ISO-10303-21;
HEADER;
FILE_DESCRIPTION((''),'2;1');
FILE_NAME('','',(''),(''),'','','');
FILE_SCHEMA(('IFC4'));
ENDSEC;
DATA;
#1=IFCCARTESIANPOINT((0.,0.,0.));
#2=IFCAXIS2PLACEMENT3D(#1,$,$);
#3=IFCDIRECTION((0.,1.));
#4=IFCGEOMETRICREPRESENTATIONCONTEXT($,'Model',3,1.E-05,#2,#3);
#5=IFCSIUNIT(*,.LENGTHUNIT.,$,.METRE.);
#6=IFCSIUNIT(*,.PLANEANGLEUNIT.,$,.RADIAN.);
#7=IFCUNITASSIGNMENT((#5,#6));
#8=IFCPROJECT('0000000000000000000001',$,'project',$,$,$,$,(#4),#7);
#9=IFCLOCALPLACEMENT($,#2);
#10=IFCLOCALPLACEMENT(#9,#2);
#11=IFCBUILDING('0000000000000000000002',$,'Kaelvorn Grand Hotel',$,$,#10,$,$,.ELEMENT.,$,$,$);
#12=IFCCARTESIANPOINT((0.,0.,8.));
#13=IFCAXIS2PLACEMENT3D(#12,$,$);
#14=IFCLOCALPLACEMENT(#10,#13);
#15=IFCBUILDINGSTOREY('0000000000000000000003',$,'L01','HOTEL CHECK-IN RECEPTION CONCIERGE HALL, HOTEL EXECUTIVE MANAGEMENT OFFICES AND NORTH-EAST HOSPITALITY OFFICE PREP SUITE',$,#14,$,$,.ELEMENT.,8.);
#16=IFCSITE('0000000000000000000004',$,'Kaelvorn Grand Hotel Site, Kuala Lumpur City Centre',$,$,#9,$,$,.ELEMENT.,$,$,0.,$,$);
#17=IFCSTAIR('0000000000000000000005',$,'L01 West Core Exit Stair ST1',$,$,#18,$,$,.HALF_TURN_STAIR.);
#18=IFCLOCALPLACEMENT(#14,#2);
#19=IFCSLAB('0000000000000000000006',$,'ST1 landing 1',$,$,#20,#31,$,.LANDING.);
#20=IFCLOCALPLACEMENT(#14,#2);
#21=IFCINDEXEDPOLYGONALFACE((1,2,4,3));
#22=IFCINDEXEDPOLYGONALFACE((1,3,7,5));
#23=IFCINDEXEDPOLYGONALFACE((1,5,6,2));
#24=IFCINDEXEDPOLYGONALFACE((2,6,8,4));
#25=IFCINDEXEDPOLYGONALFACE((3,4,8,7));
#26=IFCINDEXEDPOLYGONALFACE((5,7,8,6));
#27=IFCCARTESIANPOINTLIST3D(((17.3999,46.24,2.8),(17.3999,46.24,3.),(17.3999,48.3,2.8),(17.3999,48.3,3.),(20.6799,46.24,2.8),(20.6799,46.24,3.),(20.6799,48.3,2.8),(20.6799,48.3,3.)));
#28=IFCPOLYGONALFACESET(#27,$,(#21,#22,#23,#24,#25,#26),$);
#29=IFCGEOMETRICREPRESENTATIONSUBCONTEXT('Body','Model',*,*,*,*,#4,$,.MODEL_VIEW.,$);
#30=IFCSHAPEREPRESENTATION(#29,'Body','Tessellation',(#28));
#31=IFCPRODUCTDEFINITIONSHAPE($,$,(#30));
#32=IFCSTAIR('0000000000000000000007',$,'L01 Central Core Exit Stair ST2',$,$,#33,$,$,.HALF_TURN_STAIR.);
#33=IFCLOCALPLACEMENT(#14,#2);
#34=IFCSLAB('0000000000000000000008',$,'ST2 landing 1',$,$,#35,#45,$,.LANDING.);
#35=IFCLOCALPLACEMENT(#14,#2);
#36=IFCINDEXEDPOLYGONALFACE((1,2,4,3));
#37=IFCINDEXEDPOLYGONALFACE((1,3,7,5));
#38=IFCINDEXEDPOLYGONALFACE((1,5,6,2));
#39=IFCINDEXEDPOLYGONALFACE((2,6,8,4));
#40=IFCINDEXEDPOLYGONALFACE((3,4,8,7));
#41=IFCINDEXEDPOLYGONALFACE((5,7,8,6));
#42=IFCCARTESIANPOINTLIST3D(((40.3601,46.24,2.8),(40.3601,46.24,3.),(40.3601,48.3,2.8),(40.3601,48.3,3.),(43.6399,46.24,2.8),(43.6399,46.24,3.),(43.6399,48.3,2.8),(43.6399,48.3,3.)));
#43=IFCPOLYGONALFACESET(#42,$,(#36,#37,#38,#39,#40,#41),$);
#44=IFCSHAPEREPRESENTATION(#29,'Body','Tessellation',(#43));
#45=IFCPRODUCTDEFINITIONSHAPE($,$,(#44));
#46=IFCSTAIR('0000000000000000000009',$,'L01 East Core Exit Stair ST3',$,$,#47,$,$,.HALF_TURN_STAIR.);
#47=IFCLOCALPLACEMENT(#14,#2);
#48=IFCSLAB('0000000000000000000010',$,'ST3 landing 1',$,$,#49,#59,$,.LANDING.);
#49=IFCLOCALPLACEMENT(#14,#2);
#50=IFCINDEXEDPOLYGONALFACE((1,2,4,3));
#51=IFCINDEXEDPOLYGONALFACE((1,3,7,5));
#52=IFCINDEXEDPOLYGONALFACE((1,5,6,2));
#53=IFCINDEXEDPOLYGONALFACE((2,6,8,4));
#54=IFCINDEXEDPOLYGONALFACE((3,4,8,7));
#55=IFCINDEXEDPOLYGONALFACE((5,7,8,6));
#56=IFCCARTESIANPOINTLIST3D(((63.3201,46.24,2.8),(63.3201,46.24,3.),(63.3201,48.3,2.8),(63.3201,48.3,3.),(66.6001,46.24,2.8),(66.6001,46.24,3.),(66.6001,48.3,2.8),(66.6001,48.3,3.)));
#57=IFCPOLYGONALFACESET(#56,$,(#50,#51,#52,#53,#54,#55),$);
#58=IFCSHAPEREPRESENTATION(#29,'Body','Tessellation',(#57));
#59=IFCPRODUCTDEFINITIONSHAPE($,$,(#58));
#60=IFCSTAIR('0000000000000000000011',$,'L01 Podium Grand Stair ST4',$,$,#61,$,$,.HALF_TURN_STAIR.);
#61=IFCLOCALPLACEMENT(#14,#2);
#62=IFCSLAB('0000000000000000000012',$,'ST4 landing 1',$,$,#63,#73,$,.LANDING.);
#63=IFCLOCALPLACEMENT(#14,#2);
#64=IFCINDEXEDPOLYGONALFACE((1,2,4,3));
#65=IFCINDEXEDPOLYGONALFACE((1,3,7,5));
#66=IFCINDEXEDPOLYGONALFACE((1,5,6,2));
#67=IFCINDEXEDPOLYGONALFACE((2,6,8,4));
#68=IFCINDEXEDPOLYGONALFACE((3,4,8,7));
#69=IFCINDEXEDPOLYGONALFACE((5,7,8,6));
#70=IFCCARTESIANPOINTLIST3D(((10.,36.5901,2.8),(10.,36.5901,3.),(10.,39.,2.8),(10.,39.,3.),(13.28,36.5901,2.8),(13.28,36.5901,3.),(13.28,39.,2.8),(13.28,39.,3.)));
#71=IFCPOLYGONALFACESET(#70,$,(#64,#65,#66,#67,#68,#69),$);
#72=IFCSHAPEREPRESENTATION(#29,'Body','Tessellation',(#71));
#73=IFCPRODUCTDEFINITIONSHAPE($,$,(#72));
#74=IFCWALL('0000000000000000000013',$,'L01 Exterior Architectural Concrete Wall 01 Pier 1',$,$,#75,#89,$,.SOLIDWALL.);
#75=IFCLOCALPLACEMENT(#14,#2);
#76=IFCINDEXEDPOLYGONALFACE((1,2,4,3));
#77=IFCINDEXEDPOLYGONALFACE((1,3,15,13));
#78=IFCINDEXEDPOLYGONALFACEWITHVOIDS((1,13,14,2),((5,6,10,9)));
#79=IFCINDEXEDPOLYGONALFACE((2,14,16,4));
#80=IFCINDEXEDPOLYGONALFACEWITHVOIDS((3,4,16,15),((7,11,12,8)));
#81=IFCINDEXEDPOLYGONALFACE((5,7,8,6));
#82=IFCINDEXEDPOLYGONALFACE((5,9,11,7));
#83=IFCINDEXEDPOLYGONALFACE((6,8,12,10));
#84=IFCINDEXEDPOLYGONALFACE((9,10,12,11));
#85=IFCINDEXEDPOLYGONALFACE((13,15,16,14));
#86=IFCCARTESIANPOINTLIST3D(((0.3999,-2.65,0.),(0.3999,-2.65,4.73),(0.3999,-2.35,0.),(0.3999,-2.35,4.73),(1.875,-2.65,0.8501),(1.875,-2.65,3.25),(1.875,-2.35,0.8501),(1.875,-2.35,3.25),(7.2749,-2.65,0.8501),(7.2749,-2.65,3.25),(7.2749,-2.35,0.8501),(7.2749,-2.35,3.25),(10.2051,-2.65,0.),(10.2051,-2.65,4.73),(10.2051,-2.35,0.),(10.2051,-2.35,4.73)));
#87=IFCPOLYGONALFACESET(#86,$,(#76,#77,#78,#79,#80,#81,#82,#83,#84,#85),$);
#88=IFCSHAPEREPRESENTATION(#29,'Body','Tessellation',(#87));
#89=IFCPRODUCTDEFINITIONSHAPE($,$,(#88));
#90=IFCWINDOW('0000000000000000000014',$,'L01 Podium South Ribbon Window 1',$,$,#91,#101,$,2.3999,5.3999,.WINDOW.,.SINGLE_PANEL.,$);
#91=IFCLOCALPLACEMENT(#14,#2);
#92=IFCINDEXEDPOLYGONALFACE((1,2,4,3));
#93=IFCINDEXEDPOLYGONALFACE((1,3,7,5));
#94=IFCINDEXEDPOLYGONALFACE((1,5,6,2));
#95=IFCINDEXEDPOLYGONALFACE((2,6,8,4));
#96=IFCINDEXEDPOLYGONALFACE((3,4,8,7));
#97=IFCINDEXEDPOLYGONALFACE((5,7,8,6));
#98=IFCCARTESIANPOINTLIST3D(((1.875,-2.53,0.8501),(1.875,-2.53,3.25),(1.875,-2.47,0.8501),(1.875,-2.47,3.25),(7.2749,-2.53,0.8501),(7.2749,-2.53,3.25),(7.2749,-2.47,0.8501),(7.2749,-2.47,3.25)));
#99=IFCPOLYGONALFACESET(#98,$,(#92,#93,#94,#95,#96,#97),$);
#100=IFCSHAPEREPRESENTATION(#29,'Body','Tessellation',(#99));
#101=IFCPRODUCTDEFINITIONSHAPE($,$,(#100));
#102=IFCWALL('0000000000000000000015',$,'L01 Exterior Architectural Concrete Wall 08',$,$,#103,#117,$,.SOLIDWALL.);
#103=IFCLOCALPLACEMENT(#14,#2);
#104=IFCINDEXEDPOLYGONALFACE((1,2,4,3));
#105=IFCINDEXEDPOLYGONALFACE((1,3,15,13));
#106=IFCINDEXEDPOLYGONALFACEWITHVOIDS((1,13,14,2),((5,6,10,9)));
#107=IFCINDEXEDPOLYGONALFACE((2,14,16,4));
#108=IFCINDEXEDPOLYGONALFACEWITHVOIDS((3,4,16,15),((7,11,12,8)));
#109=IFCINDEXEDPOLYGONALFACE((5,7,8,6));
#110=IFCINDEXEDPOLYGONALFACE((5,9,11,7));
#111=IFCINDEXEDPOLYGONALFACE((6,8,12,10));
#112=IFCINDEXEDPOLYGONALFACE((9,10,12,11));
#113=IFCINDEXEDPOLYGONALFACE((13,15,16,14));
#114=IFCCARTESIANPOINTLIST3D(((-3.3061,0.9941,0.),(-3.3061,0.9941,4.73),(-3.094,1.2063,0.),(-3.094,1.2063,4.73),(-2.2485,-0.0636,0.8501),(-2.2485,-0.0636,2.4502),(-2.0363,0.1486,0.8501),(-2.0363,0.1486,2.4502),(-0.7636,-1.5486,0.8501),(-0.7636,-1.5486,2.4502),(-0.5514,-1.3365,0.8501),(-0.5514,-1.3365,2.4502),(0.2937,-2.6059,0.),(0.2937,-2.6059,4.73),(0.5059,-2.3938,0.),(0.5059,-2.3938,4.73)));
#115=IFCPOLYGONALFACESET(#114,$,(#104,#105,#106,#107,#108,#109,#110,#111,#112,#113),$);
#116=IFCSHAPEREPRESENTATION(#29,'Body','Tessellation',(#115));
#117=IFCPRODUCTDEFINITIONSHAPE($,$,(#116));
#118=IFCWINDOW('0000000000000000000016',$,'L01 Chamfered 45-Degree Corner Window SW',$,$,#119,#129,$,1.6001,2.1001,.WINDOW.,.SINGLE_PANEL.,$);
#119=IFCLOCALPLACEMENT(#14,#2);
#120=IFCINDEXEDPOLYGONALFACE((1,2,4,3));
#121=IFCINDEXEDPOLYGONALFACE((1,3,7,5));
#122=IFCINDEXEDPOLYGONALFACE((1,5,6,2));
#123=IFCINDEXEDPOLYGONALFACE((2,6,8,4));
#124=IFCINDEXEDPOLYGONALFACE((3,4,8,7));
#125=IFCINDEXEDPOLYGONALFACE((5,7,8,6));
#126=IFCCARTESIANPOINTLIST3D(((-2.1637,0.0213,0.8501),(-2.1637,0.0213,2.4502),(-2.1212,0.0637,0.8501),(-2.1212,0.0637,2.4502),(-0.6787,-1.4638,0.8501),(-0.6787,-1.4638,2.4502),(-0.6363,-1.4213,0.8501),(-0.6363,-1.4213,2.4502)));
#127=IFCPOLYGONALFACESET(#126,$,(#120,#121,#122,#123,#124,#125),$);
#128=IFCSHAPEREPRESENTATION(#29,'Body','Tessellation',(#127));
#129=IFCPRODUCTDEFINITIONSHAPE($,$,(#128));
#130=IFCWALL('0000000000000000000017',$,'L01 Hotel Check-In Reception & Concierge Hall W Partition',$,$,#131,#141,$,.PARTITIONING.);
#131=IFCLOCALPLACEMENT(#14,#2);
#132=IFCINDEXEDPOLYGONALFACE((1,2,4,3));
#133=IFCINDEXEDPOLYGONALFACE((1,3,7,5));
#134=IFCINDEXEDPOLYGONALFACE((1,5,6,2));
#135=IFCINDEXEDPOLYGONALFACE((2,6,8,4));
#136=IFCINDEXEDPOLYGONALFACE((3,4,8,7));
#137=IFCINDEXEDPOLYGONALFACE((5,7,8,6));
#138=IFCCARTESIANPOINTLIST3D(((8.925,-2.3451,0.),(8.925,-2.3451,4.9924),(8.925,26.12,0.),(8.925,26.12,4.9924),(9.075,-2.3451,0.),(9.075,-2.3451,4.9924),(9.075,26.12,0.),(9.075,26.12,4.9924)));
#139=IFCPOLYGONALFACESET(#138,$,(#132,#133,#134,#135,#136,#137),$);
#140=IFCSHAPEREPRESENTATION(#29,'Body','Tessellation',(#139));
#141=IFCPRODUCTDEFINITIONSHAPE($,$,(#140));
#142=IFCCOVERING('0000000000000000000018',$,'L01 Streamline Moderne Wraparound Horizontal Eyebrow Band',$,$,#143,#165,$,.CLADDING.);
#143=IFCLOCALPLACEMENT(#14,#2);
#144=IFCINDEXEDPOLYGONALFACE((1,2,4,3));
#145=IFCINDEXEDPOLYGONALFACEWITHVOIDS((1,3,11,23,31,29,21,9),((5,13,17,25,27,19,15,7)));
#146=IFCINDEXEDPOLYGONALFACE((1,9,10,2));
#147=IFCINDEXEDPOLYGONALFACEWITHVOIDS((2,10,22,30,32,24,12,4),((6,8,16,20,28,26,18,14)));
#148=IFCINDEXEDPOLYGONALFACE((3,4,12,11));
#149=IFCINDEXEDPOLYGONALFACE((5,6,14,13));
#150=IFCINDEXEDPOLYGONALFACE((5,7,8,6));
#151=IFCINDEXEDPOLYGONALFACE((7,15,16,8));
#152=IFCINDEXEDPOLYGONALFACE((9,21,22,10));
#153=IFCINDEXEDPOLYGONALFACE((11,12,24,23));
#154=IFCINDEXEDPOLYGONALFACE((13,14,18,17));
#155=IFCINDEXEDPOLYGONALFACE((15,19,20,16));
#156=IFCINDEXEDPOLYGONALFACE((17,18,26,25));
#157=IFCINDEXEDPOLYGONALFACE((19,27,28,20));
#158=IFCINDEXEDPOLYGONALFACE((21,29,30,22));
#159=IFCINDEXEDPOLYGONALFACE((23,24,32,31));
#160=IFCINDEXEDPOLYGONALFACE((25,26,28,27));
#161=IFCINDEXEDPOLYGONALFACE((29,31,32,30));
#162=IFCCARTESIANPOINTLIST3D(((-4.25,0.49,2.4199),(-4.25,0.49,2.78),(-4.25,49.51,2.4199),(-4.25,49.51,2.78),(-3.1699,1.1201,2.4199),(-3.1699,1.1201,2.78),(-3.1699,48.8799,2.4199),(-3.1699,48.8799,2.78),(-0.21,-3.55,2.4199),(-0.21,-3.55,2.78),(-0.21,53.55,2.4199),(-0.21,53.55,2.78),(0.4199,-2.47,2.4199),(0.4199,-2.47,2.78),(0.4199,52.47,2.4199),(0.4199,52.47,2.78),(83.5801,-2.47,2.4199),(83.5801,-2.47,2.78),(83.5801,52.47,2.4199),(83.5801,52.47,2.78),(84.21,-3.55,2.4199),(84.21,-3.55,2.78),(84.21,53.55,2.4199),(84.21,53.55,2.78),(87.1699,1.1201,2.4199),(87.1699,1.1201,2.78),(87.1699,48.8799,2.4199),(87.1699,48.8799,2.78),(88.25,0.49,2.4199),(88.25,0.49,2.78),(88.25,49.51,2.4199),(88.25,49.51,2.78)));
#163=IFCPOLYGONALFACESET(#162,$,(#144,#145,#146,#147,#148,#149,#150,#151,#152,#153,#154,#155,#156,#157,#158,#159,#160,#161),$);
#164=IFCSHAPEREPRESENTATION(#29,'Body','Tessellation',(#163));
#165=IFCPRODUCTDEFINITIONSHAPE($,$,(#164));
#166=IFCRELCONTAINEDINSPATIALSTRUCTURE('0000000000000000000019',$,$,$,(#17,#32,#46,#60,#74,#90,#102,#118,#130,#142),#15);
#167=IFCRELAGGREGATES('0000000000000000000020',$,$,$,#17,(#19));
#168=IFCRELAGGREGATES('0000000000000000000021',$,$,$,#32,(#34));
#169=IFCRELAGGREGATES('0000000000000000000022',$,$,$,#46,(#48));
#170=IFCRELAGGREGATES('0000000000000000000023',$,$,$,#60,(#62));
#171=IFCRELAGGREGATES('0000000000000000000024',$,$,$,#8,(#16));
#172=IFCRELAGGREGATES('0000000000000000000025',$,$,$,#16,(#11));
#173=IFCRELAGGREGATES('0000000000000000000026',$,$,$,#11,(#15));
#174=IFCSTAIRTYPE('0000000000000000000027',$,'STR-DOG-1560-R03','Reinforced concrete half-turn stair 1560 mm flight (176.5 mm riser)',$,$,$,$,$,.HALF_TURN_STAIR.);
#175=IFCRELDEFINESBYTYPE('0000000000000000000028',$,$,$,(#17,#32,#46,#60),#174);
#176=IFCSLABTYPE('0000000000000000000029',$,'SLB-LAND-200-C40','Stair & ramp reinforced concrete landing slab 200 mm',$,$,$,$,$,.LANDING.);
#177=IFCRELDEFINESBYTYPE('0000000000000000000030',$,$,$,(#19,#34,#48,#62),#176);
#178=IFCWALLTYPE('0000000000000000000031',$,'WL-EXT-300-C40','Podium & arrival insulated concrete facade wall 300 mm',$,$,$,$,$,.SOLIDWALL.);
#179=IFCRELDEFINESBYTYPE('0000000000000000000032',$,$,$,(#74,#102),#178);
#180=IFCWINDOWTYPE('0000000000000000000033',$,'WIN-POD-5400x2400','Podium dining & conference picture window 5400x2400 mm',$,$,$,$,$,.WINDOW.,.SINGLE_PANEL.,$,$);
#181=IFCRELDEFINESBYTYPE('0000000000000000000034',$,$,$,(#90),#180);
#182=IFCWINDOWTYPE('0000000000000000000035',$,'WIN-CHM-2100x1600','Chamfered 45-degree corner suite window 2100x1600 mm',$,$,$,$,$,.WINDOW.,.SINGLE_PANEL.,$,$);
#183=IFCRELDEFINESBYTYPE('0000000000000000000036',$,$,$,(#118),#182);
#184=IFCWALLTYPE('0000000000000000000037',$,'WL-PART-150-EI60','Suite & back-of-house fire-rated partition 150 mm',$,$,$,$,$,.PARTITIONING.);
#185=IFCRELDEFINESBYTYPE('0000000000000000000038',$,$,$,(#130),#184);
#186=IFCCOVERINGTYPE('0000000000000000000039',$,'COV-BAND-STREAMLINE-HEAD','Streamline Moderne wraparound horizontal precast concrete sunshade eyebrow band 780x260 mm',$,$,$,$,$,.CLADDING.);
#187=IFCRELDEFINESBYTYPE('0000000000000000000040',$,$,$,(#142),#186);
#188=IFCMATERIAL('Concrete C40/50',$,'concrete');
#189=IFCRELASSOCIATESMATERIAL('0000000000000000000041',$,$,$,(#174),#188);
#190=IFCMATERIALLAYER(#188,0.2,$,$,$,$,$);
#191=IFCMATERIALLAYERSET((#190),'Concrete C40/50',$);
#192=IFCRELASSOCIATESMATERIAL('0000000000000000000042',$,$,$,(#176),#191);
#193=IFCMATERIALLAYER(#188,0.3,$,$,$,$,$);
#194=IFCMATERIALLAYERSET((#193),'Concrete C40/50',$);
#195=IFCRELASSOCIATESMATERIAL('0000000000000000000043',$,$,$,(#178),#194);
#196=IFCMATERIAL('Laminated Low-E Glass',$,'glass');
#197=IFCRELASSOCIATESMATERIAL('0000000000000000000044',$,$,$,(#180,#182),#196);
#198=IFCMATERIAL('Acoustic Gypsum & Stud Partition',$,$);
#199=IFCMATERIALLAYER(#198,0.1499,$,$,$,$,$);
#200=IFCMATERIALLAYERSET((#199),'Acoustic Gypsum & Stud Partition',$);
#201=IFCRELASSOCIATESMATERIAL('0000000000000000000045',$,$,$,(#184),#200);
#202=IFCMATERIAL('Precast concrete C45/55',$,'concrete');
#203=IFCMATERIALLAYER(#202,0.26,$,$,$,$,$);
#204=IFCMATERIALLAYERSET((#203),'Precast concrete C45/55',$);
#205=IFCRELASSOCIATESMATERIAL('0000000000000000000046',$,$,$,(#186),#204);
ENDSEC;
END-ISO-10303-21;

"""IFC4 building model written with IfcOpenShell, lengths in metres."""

from ifc_helpers import new_model, si_unit, direction, frame, frame_2d, origin, place, context, subcontext, project, spatial, polyline, rectangle, outline, extrude, material, layer, layer_set, type_object, element, fill, aggregate, save


model = new_model("IFC4")

# Units and contexts
model_context = context("Model", 3, precision=1e-05, world=origin(), true_north=direction((0.0, 1.0)))
body_context = subcontext(model_context, "Body", "Model", "MODEL_VIEW")
ifc_project = project(units=[si_unit("LENGTHUNIT", "METRE"), si_unit("PLANEANGLEUNIT", "RADIAN")], contexts=[model_context])

# Site, building, storey
site_placement = place(None, origin())
site = spatial("IfcSite", under=ifc_project, at=site_placement, Name="Kaelvorn Grand Hotel Site, Kuala Lumpur City Centre", CompositionType="ELEMENT", RefElevation=0.0)
building_placement = place(site_placement, origin())
building = spatial("IfcBuilding", under=site, at=building_placement, Name="Kaelvorn Grand Hotel", CompositionType="ELEMENT")
storey_placement = place(building_placement, frame((0.0, 0.0, 8.0)))
storey = spatial("IfcBuildingStorey", under=building, at=storey_placement, Name="L01", Description="HOTEL CHECK-IN RECEPTION CONCIERGE HALL, HOTEL EXECUTIVE MANAGEMENT OFFICES AND NORTH-EAST HOSPITALITY OFFICE PREP SUITE", CompositionType="ELEMENT", Elevation=8.0)

# Shared definitions
ifc_material_1 = material(Name="Concrete C40/50", Category="concrete")

# Stairs, slabs
stair_type = type_object("IfcStairType", Name="STR-DOG-1560-R03", Description="Reinforced concrete half-turn stair 1560 mm flight (176.5 mm riser)", PredefinedType="HALF_TURN_STAIR", material=ifc_material_1)
stair_1_placement = place(storey_placement, origin())
stair_1 = element("IfcStair", 1, at=stair_1_placement, inside=storey, type_object=stair_type, Name="L01 West Core Exit Stair ST1", PredefinedType="HALF_TURN_STAIR")
ifc_layer_1 = layer(ifc_material_1, 0.2)
ifc_layer_set_1 = layer_set([ifc_layer_1], Name="Concrete C40/50")
slab_type_1 = type_object("IfcSlabType", Name="SLB-LAND-200-C40", Description="Stair & ramp reinforced concrete landing slab 200 mm", PredefinedType="LANDING", material=ifc_layer_set_1)
slab_1_placement = place(storey_placement, frame((0.0, 0.0, 2.8)))
slab_1 = element("IfcSlab", 2, at=slab_1_placement, type_object=slab_type_1, Name="ST1 landing 1", PredefinedType="LANDING", context=body_context, shape_type="SweptSolid", body=[
    extrude(outline(polyline([(20.6799, 46.24), (20.6799, 48.3), (17.3999, 48.3), (17.3999, 46.24), (20.6799, 46.24)])), origin(), (0.0, 0.0, 1.0), 0.2),
])
aggregate(stair_1, [slab_1])
stair_2_placement = place(storey_placement, origin())
stair_2 = element("IfcStair", 3, at=stair_2_placement, inside=storey, type_object=stair_type, Name="L01 Central Core Exit Stair ST2", PredefinedType="HALF_TURN_STAIR")
slab_2_placement = place(storey_placement, frame((0.0, 0.0, 2.8)))
slab_2 = element("IfcSlab", 4, at=slab_2_placement, type_object=slab_type_1, Name="ST2 landing 1", PredefinedType="LANDING", context=body_context, shape_type="SweptSolid", body=[
    extrude(outline(polyline([(43.6399, 46.24), (43.6399, 48.3), (40.3601, 48.3), (40.3601, 46.24), (43.6399, 46.24)])), origin(), (0.0, 0.0, 1.0), 0.2),
])
aggregate(stair_2, [slab_2])
stair_3_placement = place(storey_placement, origin())
stair_3 = element("IfcStair", 5, at=stair_3_placement, inside=storey, type_object=stair_type, Name="L01 East Core Exit Stair ST3", PredefinedType="HALF_TURN_STAIR")
slab_3_placement = place(storey_placement, frame((0.0, 0.0, 2.8)))
slab_3 = element("IfcSlab", 6, at=slab_3_placement, type_object=slab_type_1, Name="ST3 landing 1", PredefinedType="LANDING", context=body_context, shape_type="SweptSolid", body=[
    extrude(outline(polyline([(66.6001, 46.24), (66.6001, 48.3), (63.3201, 48.3), (63.3201, 46.24), (66.6001, 46.24)])), origin(), (0.0, 0.0, 1.0), 0.2),
])
aggregate(stair_3, [slab_3])
stair_4_placement = place(storey_placement, origin())
stair_4 = element("IfcStair", 7, at=stair_4_placement, inside=storey, type_object=stair_type, Name="L01 Podium Grand Stair ST4", PredefinedType="HALF_TURN_STAIR")
slab_4_placement = place(storey_placement, frame((0.0, 0.0, 2.8)))
slab_4 = element("IfcSlab", 8, at=slab_4_placement, type_object=slab_type_1, Name="ST4 landing 1", PredefinedType="LANDING", context=body_context, shape_type="SweptSolid", body=[
    extrude(outline(polyline([(13.28, 36.5901), (13.28, 39.0), (10.0, 39.0), (10.0, 36.5901), (13.28, 36.5901)])), origin(), (0.0, 0.0, 1.0), 0.2),
])
aggregate(stair_4, [slab_4])

# Walls, openings, windows
ifc_layer_2 = layer(ifc_material_1, 0.3)
ifc_layer_set_2 = layer_set([ifc_layer_2], Name="Concrete C40/50")
wall_type_1 = type_object("IfcWallType", Name="WL-EXT-300-C40", Description="Podium & arrival insulated concrete facade wall 300 mm", PredefinedType="SOLIDWALL", material=ifc_layer_set_2)
wall_1_placement = place(storey_placement, frame((0.3999, -2.5, 0.0), z_axis=(0.0, 0.0, 1.0), x_axis=(1.0, 0.0, 0.0)))
wall_1 = element("IfcWall", 9, at=wall_1_placement, inside=storey, type_object=wall_type_1, Name="L01 Exterior Architectural Concrete Wall 01 Pier 1", PredefinedType="SOLIDWALL", context=body_context, shape_type="SweptSolid", body=[
    extrude(rectangle(XDim=9.8052, YDim=0.3, at=frame_2d((4.9026, 0.0))), origin(), (0.0, 0.0, 1.0), 4.73),
])
opening_1_placement = place(wall_1_placement, frame((1.4751, 0.0, 0.8501)))
opening_1 = element("IfcOpeningElement", 10, at=opening_1_placement, cuts=wall_1, PredefinedType="OPENING", context=body_context, shape_type="SweptSolid", body=[
    extrude(rectangle(XDim=5.3999, YDim=2.3999, at=frame_2d((2.7, 1.2))), frame((0.0, 0.1602, 0.0), z_axis=(0.0, -1.0, 0.0), x_axis=(1.0, 0.0, 0.0)), (0.0, 0.0, 1.0), 0.3201),
])
ifc_material_2 = material(Name="Laminated Low-E Glass", Category="glass")
window_type_1 = type_object("IfcWindowType", Name="WIN-POD-5400x2400", Description="Podium dining & conference picture window 5400x2400 mm", PartitioningType="SINGLE_PANEL", PredefinedType="WINDOW", material=ifc_material_2)
window_1_placement = place(opening_1_placement, origin())
window_1 = element("IfcWindow", 11, at=window_1_placement, inside=storey, type_object=window_type_1, Name="L01 Podium South Ribbon Window 1", OverallHeight=2.3999, OverallWidth=5.3999, PartitioningType="SINGLE_PANEL", PredefinedType="WINDOW", context=body_context, shape_type="SweptSolid", body=[
    extrude(rectangle(XDim=5.3999, YDim=2.3999, at=frame_2d((2.7, 1.2))), frame((0.0, 0.03, 0.0), z_axis=(0.0, -1.0, 0.0), x_axis=(1.0, 0.0, 0.0)), (0.0, 0.0, 1.0), 0.0601),
])
fill(opening_1, window_1)
wall_2_placement = place(storey_placement, frame((-3.2, 1.1001, 0.0), z_axis=(0.0, 0.0, 1.0), x_axis=(0.707083, -0.707131, 0.0)))
wall_2 = element("IfcWall", 12, at=wall_2_placement, inside=storey, type_object=wall_type_1, Name="L01 Exterior Architectural Concrete Wall 08", PredefinedType="SOLIDWALL", context=body_context, shape_type="SweptSolid", body=[
    extrude(rectangle(XDim=5.0911, YDim=0.3, at=frame_2d((2.5454, 0.0))), origin(), (0.0, 0.0, 1.0), 4.73),
])
opening_2_placement = place(wall_2_placement, frame((1.4956, 0.0, 0.8501)))
opening_2 = element("IfcOpeningElement", 13, at=opening_2_placement, cuts=wall_2, PredefinedType="OPENING", context=body_context, shape_type="SweptSolid", body=[
    extrude(rectangle(XDim=2.1001, YDim=1.6001, at=frame_2d((1.05, 0.8))), frame((0.0, 0.1602, 0.0), z_axis=(0.0, -1.0, 0.0), x_axis=(1.0, 0.0, 0.0)), (0.0, 0.0, 1.0), 0.3201),
])
window_type_2 = type_object("IfcWindowType", Name="WIN-CHM-2100x1600", Description="Chamfered 45-degree corner suite window 2100x1600 mm", PartitioningType="SINGLE_PANEL", PredefinedType="WINDOW", material=ifc_material_2)
window_2_placement = place(opening_2_placement, origin())
window_2 = element("IfcWindow", 14, at=window_2_placement, inside=storey, type_object=window_type_2, Name="L01 Chamfered 45-Degree Corner Window SW", OverallHeight=1.6001, OverallWidth=2.1001, PartitioningType="SINGLE_PANEL", PredefinedType="WINDOW", context=body_context, shape_type="SweptSolid", body=[
    extrude(rectangle(XDim=2.1001, YDim=1.6001, at=frame_2d((1.05, 0.8))), frame((0.0, 0.03, 0.0), z_axis=(0.0, -1.0, 0.0), x_axis=(1.0, 0.0, 0.0)), (0.0, 0.0, 1.0), 0.0601),
])
fill(opening_2, window_2)

# Wall
ifc_material_3 = material(Name="Acoustic Gypsum & Stud Partition")
ifc_layer_3 = layer(ifc_material_3, 0.1499)
ifc_layer_set_3 = layer_set([ifc_layer_3], Name="Acoustic Gypsum & Stud Partition")
wall_type_2 = type_object("IfcWallType", Name="WL-PART-150-EI60", Description="Suite & back-of-house fire-rated partition 150 mm", PredefinedType="PARTITIONING", material=ifc_layer_set_3)
wall_3_placement = place(storey_placement, frame((9.0, -2.345, 0.0), z_axis=(0.0, 0.0, 1.0), x_axis=(0.0, 1.0, 0.0)))
element("IfcWall", 15, at=wall_3_placement, inside=storey, type_object=wall_type_2, Name="L01 Hotel Check-In Reception & Concierge Hall W Partition", PredefinedType="PARTITIONING", context=body_context, shape_type="SweptSolid", body=[
    extrude(rectangle(XDim=28.4651, YDim=0.1499, at=frame_2d((14.2324, 0.0))), origin(), (0.0, 0.0, 1.0), 4.9924),
])

# Covering
ifc_material_4 = material(Name="Precast concrete C45/55", Category="concrete")
ifc_layer_4 = layer(ifc_material_4, 0.26)
ifc_layer_set_4 = layer_set([ifc_layer_4], Name="Precast concrete C45/55")
covering_type_1 = type_object("IfcCoveringType", Name="COV-BAND-STREAMLINE-HEAD", Description="Streamline Moderne wraparound horizontal precast concrete sunshade eyebrow band 780x260 mm", PredefinedType="CLADDING", material=ifc_layer_set_4)
covering_1_placement = place(storey_placement, frame((0.0, 0.0, 2.4199)))
element("IfcCovering", 16, at=covering_1_placement, inside=storey, type_object=covering_type_1, Name="L01 Streamline Moderne Wraparound Horizontal Eyebrow Band", PredefinedType="CLADDING", context=body_context, shape_type="SweptSolid", body=[
    extrude(outline(polyline([(-0.21, -3.55), (84.21, -3.55), (88.25, 0.49), (88.25, 49.51), (84.21, 53.55), (-0.21, 53.55), (-4.25, 49.51), (-4.25, 0.49), (-0.21, -3.55)]), holes=[polyline([(0.4199, -2.47), (83.5801, -2.47), (87.1699, 1.1201), (87.1699, 48.8799), (83.5801, 52.47), (0.4199, 52.47), (-3.1699, 48.8799), (-3.1699, 1.1201), (0.4199, -2.47)])]), origin(), (0.0, 0.0, 1.0), 0.3601),
])

save(model, "model.ifc")
